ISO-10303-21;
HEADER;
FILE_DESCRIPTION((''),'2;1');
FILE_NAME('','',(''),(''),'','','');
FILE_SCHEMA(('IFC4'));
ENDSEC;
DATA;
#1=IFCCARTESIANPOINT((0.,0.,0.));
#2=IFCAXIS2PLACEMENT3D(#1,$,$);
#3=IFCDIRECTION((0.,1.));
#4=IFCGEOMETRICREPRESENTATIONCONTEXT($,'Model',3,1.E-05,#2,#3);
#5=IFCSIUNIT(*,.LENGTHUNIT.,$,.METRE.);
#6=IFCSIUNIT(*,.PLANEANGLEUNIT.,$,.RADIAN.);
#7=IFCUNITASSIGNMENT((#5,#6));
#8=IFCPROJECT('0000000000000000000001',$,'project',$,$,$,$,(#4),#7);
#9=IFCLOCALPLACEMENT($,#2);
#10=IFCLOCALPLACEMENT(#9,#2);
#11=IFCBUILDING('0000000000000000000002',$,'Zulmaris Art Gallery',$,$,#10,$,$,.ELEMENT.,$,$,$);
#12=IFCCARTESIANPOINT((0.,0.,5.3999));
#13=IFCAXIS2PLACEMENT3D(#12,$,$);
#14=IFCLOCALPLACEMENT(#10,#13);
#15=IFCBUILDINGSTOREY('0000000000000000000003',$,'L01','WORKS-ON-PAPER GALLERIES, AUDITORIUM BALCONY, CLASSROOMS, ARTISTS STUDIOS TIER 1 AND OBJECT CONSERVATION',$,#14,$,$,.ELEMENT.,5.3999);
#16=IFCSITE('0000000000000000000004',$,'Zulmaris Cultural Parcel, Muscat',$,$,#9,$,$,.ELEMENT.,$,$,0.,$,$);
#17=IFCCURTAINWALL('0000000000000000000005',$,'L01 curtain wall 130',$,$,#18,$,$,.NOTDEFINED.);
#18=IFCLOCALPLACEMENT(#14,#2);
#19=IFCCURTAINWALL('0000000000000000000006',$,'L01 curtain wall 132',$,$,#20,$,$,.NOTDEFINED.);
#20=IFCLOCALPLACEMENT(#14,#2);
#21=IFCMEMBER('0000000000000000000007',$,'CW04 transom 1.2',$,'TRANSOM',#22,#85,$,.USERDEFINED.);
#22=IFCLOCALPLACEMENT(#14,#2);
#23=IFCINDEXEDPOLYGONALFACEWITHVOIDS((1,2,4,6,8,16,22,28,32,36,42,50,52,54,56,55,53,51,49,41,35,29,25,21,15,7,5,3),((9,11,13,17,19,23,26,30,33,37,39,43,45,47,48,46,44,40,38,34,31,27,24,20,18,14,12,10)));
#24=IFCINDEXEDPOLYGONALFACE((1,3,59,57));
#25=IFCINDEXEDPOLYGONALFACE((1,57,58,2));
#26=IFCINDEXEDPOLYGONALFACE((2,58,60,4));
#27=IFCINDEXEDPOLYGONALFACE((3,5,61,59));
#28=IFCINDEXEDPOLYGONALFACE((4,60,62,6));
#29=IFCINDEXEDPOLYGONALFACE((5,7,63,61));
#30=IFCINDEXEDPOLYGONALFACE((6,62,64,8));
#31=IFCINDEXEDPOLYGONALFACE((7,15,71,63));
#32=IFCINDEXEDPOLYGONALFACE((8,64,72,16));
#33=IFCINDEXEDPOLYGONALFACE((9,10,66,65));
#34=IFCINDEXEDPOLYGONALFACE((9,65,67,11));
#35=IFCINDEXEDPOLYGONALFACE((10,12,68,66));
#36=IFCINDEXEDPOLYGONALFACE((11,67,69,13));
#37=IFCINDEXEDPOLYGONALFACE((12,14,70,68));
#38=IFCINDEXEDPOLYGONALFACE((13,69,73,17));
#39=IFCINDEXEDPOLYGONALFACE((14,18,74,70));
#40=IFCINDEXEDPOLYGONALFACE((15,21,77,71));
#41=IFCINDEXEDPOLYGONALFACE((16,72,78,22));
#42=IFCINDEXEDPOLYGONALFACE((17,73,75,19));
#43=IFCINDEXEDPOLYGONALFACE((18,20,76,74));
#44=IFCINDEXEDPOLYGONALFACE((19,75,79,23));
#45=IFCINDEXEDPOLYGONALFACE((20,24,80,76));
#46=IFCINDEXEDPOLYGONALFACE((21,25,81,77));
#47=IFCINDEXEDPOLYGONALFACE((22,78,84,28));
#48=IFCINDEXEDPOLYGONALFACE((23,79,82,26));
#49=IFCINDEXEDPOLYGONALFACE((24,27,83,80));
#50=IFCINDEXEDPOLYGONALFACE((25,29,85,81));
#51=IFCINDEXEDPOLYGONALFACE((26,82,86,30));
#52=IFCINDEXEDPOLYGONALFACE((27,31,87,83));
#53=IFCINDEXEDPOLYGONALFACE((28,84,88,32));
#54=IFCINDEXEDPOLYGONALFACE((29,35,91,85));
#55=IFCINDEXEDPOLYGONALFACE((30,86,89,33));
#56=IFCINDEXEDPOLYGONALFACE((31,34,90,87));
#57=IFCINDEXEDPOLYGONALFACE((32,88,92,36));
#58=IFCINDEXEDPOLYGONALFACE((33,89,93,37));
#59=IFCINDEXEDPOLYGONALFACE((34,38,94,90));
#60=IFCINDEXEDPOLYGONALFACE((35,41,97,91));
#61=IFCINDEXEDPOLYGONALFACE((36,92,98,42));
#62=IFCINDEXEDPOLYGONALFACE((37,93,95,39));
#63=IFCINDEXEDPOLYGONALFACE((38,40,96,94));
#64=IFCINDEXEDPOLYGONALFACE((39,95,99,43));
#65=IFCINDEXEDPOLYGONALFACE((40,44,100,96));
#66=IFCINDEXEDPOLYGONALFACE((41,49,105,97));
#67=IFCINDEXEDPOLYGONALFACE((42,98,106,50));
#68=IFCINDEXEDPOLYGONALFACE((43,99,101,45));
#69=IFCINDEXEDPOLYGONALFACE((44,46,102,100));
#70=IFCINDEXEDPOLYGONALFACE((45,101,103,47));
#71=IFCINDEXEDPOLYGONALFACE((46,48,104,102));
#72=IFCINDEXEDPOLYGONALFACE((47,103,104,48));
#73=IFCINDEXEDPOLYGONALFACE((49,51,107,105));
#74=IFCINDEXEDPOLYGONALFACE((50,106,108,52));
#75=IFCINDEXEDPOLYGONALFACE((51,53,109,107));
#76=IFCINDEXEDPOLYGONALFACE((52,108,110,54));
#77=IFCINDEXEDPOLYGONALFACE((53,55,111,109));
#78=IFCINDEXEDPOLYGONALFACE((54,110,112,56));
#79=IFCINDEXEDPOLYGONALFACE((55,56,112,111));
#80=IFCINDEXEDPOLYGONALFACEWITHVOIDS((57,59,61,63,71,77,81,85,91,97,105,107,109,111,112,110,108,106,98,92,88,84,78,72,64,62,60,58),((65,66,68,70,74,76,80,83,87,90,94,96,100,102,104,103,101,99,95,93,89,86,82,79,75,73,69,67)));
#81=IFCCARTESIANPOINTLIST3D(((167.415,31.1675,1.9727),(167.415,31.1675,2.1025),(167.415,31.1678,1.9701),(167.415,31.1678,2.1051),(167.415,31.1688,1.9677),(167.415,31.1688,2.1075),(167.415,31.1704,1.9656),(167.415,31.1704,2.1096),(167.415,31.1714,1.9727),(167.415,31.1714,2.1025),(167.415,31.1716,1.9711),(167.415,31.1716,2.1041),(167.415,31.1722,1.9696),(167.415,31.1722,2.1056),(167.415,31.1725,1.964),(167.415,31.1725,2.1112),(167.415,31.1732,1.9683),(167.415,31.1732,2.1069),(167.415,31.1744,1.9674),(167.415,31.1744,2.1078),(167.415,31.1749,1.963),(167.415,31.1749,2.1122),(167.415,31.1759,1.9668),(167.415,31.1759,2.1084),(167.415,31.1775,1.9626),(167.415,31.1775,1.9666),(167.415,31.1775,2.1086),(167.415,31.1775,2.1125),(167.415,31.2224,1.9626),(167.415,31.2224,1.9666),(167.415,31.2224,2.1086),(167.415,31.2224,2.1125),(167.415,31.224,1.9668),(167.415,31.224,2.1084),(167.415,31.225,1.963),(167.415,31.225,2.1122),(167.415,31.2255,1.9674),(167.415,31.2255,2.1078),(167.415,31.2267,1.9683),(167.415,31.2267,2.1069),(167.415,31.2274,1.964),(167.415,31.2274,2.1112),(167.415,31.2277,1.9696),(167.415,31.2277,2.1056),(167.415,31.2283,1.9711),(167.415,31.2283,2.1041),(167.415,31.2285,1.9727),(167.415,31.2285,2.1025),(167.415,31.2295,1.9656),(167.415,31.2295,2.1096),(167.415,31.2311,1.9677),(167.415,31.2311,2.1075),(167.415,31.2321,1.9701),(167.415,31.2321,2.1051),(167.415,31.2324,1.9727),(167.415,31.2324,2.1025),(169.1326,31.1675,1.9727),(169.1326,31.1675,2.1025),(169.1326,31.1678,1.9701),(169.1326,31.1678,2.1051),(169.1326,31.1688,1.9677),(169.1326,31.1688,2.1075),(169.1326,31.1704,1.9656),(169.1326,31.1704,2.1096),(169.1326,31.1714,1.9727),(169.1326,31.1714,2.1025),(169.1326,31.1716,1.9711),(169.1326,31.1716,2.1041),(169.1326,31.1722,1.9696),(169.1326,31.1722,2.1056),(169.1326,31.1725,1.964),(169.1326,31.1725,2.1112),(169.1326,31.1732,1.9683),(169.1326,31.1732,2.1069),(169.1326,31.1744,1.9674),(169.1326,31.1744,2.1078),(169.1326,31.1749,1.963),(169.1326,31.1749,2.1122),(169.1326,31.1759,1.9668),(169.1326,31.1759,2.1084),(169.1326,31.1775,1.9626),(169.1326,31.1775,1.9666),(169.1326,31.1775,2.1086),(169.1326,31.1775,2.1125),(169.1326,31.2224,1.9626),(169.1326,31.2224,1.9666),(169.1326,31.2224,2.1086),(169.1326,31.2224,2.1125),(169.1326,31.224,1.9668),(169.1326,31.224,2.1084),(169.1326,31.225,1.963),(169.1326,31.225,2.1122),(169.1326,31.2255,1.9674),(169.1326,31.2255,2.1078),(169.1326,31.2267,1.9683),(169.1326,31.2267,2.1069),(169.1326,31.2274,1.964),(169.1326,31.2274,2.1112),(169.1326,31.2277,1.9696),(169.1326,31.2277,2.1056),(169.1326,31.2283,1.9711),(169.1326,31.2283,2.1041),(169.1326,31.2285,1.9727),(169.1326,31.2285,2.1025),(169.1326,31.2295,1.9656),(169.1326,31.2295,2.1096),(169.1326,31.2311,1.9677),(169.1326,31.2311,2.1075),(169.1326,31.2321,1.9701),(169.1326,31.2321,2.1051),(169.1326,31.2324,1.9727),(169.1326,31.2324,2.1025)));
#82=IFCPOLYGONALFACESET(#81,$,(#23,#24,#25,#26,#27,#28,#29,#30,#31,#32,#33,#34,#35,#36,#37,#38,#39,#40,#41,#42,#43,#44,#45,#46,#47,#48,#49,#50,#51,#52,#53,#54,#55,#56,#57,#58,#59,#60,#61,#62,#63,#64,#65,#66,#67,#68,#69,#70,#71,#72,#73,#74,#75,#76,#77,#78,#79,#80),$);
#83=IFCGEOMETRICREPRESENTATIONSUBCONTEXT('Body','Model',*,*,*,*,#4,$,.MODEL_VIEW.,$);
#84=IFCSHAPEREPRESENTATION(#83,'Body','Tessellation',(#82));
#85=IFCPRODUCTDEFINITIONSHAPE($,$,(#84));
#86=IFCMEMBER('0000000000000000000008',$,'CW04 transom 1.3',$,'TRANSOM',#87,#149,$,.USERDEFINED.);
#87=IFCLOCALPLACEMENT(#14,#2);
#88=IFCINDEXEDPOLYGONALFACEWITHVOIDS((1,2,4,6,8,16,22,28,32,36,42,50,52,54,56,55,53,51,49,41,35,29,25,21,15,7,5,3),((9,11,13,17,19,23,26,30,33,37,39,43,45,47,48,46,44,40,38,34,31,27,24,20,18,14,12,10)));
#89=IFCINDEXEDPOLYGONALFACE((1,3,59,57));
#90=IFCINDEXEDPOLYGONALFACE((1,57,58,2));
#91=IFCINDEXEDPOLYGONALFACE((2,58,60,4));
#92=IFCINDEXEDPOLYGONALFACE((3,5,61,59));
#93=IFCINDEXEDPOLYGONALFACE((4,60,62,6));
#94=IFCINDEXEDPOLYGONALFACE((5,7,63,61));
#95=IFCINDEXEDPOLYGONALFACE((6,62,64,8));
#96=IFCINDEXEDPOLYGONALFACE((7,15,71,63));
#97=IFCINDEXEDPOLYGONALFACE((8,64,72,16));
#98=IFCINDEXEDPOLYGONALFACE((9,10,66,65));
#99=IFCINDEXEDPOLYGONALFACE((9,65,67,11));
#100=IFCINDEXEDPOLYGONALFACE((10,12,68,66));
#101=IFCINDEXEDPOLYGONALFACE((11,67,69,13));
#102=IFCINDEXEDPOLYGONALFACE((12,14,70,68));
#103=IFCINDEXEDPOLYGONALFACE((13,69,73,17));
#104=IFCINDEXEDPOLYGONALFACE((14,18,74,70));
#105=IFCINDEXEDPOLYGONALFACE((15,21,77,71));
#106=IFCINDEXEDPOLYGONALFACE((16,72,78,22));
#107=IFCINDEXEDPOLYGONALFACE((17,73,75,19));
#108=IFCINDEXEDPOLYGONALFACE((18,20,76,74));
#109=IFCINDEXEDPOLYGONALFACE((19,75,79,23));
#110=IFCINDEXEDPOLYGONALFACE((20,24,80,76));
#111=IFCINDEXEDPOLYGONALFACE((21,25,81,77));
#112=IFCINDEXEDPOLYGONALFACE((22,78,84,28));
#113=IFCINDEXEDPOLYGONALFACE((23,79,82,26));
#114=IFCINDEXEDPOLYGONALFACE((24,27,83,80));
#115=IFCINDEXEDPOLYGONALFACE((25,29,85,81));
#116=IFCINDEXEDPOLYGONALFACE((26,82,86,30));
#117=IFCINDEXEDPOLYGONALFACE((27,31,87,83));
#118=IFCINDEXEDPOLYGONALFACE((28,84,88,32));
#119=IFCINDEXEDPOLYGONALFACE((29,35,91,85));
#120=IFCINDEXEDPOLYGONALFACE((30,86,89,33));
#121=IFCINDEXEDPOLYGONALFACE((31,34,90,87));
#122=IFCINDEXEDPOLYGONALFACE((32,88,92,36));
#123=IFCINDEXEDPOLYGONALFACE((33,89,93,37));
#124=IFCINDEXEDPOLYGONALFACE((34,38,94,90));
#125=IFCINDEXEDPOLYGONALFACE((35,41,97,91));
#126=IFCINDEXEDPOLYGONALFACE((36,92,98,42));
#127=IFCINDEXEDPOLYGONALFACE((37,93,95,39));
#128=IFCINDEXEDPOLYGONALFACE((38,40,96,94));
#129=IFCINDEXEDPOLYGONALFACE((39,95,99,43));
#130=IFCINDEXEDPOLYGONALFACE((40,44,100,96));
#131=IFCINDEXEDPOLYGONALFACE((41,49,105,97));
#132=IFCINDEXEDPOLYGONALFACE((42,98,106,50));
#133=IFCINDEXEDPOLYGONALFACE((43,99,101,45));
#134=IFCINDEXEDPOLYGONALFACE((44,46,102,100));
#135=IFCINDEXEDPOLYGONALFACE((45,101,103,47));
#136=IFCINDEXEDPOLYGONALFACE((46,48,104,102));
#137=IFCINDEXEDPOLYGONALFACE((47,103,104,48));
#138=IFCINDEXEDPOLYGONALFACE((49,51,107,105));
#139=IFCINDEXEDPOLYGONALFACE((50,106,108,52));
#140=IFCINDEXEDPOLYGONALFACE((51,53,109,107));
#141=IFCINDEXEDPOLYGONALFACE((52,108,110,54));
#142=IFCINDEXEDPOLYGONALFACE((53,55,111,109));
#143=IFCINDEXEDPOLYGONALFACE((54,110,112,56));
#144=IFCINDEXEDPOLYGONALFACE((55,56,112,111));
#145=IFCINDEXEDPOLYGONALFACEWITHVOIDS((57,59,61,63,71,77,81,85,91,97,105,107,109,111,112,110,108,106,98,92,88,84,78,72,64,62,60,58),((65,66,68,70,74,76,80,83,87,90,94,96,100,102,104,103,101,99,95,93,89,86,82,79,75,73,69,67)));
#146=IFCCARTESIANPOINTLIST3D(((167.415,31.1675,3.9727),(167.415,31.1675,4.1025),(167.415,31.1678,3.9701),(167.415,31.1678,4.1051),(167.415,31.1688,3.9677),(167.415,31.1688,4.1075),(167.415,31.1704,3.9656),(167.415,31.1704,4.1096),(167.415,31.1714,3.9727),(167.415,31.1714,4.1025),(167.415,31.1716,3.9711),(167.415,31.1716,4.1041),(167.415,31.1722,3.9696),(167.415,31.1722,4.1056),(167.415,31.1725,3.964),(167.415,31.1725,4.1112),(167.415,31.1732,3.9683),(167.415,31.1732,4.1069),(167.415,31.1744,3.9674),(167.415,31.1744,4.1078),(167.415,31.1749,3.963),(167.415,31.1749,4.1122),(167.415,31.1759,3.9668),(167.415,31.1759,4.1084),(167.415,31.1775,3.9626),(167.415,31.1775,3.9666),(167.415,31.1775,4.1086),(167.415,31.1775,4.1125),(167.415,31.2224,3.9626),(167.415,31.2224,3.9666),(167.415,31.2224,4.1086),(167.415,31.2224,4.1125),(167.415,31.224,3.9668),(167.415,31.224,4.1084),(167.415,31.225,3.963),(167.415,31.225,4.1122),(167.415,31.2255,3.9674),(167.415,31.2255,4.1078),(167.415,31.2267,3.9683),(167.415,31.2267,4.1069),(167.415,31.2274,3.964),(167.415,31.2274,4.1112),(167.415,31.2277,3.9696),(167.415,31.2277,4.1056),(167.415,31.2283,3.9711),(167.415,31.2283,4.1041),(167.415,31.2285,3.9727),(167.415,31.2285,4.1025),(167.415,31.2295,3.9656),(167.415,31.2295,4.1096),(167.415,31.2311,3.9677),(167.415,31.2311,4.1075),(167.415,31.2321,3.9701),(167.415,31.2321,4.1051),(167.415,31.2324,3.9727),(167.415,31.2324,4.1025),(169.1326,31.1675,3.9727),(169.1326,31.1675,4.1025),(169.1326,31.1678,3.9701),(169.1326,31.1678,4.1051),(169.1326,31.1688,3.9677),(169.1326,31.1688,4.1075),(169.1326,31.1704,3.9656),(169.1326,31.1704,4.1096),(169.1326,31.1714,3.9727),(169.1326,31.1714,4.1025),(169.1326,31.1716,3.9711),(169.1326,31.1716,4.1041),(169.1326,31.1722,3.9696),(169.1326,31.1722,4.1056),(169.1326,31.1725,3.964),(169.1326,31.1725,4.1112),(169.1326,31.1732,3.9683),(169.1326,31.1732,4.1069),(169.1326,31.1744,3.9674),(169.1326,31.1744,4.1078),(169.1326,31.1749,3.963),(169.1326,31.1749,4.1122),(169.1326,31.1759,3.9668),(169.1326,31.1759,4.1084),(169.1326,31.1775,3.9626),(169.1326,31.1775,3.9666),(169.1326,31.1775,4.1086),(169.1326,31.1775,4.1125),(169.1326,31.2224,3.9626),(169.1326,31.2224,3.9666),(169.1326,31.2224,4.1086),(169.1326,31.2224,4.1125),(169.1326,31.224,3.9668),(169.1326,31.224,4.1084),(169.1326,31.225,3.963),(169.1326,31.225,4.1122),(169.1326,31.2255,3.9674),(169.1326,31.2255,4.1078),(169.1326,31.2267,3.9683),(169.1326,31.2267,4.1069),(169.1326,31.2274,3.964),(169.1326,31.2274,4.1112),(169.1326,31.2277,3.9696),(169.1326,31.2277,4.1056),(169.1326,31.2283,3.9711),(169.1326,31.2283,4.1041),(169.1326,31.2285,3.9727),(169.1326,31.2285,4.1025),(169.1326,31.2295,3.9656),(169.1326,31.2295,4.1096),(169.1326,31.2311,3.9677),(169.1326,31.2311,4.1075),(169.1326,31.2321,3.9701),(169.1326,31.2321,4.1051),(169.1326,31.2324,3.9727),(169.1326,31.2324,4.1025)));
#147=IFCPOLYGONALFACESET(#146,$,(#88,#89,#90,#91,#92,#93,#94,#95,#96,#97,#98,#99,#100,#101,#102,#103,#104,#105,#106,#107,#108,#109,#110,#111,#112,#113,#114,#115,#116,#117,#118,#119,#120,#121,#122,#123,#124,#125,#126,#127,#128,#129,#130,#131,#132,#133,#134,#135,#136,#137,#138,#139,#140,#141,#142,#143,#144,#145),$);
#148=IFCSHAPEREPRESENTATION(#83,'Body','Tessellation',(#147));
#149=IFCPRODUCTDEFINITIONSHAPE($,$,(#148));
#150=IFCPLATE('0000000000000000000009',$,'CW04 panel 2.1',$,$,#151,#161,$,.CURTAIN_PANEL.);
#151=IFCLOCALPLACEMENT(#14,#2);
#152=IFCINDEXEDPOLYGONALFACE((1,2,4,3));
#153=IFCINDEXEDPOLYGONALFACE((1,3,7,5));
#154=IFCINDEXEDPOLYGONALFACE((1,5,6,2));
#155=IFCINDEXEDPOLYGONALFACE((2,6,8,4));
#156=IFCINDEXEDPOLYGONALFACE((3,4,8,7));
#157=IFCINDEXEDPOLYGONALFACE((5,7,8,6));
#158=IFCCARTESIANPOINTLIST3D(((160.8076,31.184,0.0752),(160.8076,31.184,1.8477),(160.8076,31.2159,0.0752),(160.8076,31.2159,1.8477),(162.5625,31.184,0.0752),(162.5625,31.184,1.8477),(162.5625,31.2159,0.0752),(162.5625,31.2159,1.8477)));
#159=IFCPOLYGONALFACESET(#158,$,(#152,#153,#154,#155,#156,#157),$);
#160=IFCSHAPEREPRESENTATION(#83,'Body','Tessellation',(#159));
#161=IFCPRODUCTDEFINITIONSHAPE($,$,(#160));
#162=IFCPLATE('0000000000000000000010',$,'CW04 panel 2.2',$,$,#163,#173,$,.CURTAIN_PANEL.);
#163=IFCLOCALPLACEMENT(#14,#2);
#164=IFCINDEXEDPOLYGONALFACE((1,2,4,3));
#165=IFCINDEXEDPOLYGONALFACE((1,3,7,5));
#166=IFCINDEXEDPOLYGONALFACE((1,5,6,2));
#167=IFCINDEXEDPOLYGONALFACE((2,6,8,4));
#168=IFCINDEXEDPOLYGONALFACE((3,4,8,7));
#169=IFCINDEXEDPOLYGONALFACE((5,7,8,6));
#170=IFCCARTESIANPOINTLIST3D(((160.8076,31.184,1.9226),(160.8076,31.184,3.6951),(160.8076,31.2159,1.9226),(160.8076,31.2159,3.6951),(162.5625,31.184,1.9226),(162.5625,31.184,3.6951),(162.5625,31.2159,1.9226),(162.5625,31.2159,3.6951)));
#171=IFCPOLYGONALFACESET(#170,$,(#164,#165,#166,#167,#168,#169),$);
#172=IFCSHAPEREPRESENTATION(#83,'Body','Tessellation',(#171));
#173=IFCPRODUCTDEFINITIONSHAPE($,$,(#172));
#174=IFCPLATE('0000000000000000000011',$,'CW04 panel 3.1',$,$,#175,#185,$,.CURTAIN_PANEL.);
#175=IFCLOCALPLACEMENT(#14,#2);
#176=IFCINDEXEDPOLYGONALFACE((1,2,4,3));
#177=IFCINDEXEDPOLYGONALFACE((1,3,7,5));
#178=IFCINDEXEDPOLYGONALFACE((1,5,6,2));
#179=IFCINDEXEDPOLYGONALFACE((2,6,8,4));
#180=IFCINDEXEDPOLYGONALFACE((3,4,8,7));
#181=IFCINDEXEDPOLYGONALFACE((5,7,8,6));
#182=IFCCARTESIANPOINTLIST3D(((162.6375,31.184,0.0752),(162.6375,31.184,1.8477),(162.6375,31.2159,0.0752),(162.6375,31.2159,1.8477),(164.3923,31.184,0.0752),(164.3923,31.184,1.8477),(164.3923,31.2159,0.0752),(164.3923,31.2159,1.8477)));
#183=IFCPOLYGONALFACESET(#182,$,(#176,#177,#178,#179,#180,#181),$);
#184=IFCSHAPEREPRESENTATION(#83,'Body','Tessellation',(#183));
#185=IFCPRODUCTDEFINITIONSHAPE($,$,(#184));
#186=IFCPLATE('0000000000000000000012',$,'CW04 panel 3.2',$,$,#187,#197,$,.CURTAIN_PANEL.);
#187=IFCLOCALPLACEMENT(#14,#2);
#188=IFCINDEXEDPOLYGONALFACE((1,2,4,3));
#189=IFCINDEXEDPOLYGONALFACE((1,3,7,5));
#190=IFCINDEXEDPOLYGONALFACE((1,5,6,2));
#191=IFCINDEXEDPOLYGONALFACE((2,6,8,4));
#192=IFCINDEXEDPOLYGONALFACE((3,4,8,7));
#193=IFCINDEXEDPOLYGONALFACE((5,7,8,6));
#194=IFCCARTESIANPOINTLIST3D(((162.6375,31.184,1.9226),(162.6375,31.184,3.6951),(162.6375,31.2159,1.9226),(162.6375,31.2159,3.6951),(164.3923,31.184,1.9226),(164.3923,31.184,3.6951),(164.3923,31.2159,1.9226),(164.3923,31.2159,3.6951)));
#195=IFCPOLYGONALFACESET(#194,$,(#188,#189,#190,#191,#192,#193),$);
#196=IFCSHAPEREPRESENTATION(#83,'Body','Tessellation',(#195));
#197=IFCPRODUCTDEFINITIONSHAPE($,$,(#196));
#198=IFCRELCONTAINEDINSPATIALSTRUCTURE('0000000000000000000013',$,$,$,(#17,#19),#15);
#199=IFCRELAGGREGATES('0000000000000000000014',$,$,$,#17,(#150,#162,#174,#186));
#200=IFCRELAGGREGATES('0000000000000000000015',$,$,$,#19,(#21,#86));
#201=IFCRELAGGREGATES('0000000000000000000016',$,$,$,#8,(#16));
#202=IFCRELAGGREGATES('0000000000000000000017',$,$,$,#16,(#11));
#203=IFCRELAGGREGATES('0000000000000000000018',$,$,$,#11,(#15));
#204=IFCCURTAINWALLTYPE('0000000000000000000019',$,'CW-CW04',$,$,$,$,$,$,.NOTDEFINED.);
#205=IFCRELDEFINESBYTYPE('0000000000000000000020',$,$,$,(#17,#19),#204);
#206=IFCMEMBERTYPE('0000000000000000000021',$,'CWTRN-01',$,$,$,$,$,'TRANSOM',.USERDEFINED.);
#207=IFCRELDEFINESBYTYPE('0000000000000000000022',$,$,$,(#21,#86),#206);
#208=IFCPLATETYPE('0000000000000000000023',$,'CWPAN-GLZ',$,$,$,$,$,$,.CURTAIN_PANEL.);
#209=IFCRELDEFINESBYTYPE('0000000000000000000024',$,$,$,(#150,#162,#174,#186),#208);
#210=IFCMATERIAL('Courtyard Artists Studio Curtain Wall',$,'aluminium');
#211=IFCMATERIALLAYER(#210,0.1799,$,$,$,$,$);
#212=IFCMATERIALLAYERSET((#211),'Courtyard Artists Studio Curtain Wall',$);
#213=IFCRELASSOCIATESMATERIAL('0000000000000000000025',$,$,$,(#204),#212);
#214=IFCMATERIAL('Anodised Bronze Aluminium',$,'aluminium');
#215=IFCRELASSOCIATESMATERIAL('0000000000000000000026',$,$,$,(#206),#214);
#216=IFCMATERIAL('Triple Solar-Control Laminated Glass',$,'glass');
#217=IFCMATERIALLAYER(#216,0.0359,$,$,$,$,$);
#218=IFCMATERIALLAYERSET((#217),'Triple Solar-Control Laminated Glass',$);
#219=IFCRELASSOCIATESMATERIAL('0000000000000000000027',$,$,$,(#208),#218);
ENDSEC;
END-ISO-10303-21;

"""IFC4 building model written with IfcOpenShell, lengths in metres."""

from ifc_helpers import new_model, si_unit, direction, frame, origin, origin_2d, place, context, subcontext, project, spatial, rectangle, hollow_rectangle, extrude, material, layer, layer_set, material_profile, profile_set, type_object, element, aggregate, save


model = new_model("IFC4")

# Units and contexts
model_context = context("Model", 3, precision=1e-05, world=origin(), true_north=direction((0.0, 1.0)))
body_context = subcontext(model_context, "Body", "Model", "MODEL_VIEW")
ifc_project = project(units=[si_unit("LENGTHUNIT", "METRE"), si_unit("PLANEANGLEUNIT", "RADIAN")], contexts=[model_context])

# Site, building, storey
site_placement = place(None, origin())
site = spatial("IfcSite", under=ifc_project, at=site_placement, Name="Zulmaris Cultural Parcel, Muscat", CompositionType="ELEMENT", RefElevation=0.0)
building_placement = place(site_placement, origin())
building = spatial("IfcBuilding", under=site, at=building_placement, Name="Zulmaris Art Gallery", CompositionType="ELEMENT")
storey_placement = place(building_placement, frame((0.0, 0.0, 5.3999)))
storey = spatial("IfcBuildingStorey", under=building, at=storey_placement, Name="L01", Description="WORKS-ON-PAPER GALLERIES, AUDITORIUM BALCONY, CLASSROOMS, ARTISTS STUDIOS TIER 1 AND OBJECT CONSERVATION", CompositionType="ELEMENT", Elevation=5.3999)

# Curtain walls
ifc_material_1 = material(Name="Courtyard Artists Studio Curtain Wall", Category="aluminium")
ifc_layer_1 = layer(ifc_material_1, 0.1799)
ifc_layer_set_1 = layer_set([ifc_layer_1], Name="Courtyard Artists Studio Curtain Wall")
curtain_wall_type = type_object("IfcCurtainWallType", Name="CW-CW04", PredefinedType="NOTDEFINED", material=ifc_layer_set_1)
curtain_wall_1_placement = place(storey_placement, origin())
curtain_wall_1 = element("IfcCurtainWall", 1, at=curtain_wall_1_placement, inside=storey, type_object=curtain_wall_type, Name="L01 curtain wall 130", PredefinedType="NOTDEFINED")
ifc_material_2 = material(Name="Anodised Bronze Aluminium", Category="aluminium")
curtain_wall_2_placement = place(storey_placement, origin())
curtain_wall_2 = element("IfcCurtainWall", 2, at=curtain_wall_2_placement, inside=storey, type_object=curtain_wall_type, Name="L01 curtain wall 132", PredefinedType="NOTDEFINED")

# Members
ifc_material_profile_1 = material_profile(ifc_material_2, hollow_rectangle(XDim=0.0649, YDim=0.1499, WallThickness=0.0039, InnerFilletRadius=0.0061, OuterFilletRadius=0.01, at=origin_2d()), Name="ALU 65x150x4")
ifc_profile_set_1 = profile_set([ifc_material_profile_1], Name="Anodised Bronze Aluminium")
member_type_1 = type_object("IfcMemberType", Name="CWTRN-01", ElementType="TRANSOM", PredefinedType="USERDEFINED", material=ifc_profile_set_1)
member_1_placement = place(storey_placement, frame((167.415, 31.2, 2.0376), z_axis=(1.0, 0.0, 0.0), x_axis=(0.0, 1.0, 0.0)))
member_1 = element("IfcMember", 3, at=member_1_placement, type_object=member_type_1, Name="CW04 transom 1.2", ObjectType="TRANSOM", PredefinedType="USERDEFINED", context=body_context, shape_type="SweptSolid", body=[
    extrude(hollow_rectangle(XDim=0.0649, YDim=0.1499, WallThickness=0.0039, InnerFilletRadius=0.0061, OuterFilletRadius=0.01, at=origin_2d()), origin(), (0.0, 0.0, 1.0), 1.7175),
])
member_2_placement = place(storey_placement, frame((167.415, 31.2, 4.0376), z_axis=(1.0, 0.0, 0.0), x_axis=(0.0, 1.0, 0.0)))
member_2 = element("IfcMember", 4, at=member_2_placement, type_object=member_type_1, Name="CW04 transom 1.3", ObjectType="TRANSOM", PredefinedType="USERDEFINED", context=body_context, shape_type="SweptSolid", body=[
    extrude(hollow_rectangle(XDim=0.0649, YDim=0.1499, WallThickness=0.0039, InnerFilletRadius=0.0061, OuterFilletRadius=0.01, at=origin_2d()), origin(), (0.0, 0.0, 1.0), 1.7175),
])

# Plates
ifc_material_3 = material(Name="Triple Solar-Control Laminated Glass", Category="glass")
ifc_layer_2 = layer(ifc_material_3, 0.0359)
ifc_layer_set_2 = layer_set([ifc_layer_2], Name="Triple Solar-Control Laminated Glass")
plate_type = type_object("IfcPlateType", Name="CWPAN-GLZ", PredefinedType="CURTAIN_PANEL", material=ifc_layer_set_2)
plate_1_placement = place(storey_placement, frame((161.6851, 31.2, 0.0752), z_axis=(0.0, 0.0, 1.0), x_axis=(1.0, 0.0, 0.0)))
plate_1 = element("IfcPlate", 5, at=plate_1_placement, type_object=plate_type, Name="CW04 panel 2.1", PredefinedType="CURTAIN_PANEL", context=body_context, shape_type="SweptSolid", body=[
    extrude(rectangle(XDim=1.7549, YDim=0.032, at=origin_2d()), origin(), (0.0, 0.0, 1.0), 1.7725),
])
plate_2_placement = place(storey_placement, frame((161.6851, 31.2, 1.9226), z_axis=(0.0, 0.0, 1.0), x_axis=(1.0, 0.0, 0.0)))
plate_2 = element("IfcPlate", 6, at=plate_2_placement, type_object=plate_type, Name="CW04 panel 2.2", PredefinedType="CURTAIN_PANEL", context=body_context, shape_type="SweptSolid", body=[
    extrude(rectangle(XDim=1.7549, YDim=0.032, at=origin_2d()), origin(), (0.0, 0.0, 1.0), 1.7725),
])
plate_3_placement = place(storey_placement, frame((163.5149, 31.2, 0.0752), z_axis=(0.0, 0.0, 1.0), x_axis=(1.0, 0.0, 0.0)))
plate_3 = element("IfcPlate", 7, at=plate_3_placement, type_object=plate_type, Name="CW04 panel 3.1", PredefinedType="CURTAIN_PANEL", context=body_context, shape_type="SweptSolid", body=[
    extrude(rectangle(XDim=1.7549, YDim=0.032, at=origin_2d()), origin(), (0.0, 0.0, 1.0), 1.7725),
])
plate_4_placement = place(storey_placement, frame((163.5149, 31.2, 1.9226), z_axis=(0.0, 0.0, 1.0), x_axis=(1.0, 0.0, 0.0)))
plate_4 = element("IfcPlate", 8, at=plate_4_placement, type_object=plate_type, Name="CW04 panel 3.2", PredefinedType="CURTAIN_PANEL", context=body_context, shape_type="SweptSolid", body=[
    extrude(rectangle(XDim=1.7549, YDim=0.032, at=origin_2d()), origin(), (0.0, 0.0, 1.0), 1.7725),
])
aggregate(curtain_wall_1, [plate_1, plate_2, plate_3, plate_4])
aggregate(curtain_wall_2, [member_1, member_2])

save(model, "model.ifc")
